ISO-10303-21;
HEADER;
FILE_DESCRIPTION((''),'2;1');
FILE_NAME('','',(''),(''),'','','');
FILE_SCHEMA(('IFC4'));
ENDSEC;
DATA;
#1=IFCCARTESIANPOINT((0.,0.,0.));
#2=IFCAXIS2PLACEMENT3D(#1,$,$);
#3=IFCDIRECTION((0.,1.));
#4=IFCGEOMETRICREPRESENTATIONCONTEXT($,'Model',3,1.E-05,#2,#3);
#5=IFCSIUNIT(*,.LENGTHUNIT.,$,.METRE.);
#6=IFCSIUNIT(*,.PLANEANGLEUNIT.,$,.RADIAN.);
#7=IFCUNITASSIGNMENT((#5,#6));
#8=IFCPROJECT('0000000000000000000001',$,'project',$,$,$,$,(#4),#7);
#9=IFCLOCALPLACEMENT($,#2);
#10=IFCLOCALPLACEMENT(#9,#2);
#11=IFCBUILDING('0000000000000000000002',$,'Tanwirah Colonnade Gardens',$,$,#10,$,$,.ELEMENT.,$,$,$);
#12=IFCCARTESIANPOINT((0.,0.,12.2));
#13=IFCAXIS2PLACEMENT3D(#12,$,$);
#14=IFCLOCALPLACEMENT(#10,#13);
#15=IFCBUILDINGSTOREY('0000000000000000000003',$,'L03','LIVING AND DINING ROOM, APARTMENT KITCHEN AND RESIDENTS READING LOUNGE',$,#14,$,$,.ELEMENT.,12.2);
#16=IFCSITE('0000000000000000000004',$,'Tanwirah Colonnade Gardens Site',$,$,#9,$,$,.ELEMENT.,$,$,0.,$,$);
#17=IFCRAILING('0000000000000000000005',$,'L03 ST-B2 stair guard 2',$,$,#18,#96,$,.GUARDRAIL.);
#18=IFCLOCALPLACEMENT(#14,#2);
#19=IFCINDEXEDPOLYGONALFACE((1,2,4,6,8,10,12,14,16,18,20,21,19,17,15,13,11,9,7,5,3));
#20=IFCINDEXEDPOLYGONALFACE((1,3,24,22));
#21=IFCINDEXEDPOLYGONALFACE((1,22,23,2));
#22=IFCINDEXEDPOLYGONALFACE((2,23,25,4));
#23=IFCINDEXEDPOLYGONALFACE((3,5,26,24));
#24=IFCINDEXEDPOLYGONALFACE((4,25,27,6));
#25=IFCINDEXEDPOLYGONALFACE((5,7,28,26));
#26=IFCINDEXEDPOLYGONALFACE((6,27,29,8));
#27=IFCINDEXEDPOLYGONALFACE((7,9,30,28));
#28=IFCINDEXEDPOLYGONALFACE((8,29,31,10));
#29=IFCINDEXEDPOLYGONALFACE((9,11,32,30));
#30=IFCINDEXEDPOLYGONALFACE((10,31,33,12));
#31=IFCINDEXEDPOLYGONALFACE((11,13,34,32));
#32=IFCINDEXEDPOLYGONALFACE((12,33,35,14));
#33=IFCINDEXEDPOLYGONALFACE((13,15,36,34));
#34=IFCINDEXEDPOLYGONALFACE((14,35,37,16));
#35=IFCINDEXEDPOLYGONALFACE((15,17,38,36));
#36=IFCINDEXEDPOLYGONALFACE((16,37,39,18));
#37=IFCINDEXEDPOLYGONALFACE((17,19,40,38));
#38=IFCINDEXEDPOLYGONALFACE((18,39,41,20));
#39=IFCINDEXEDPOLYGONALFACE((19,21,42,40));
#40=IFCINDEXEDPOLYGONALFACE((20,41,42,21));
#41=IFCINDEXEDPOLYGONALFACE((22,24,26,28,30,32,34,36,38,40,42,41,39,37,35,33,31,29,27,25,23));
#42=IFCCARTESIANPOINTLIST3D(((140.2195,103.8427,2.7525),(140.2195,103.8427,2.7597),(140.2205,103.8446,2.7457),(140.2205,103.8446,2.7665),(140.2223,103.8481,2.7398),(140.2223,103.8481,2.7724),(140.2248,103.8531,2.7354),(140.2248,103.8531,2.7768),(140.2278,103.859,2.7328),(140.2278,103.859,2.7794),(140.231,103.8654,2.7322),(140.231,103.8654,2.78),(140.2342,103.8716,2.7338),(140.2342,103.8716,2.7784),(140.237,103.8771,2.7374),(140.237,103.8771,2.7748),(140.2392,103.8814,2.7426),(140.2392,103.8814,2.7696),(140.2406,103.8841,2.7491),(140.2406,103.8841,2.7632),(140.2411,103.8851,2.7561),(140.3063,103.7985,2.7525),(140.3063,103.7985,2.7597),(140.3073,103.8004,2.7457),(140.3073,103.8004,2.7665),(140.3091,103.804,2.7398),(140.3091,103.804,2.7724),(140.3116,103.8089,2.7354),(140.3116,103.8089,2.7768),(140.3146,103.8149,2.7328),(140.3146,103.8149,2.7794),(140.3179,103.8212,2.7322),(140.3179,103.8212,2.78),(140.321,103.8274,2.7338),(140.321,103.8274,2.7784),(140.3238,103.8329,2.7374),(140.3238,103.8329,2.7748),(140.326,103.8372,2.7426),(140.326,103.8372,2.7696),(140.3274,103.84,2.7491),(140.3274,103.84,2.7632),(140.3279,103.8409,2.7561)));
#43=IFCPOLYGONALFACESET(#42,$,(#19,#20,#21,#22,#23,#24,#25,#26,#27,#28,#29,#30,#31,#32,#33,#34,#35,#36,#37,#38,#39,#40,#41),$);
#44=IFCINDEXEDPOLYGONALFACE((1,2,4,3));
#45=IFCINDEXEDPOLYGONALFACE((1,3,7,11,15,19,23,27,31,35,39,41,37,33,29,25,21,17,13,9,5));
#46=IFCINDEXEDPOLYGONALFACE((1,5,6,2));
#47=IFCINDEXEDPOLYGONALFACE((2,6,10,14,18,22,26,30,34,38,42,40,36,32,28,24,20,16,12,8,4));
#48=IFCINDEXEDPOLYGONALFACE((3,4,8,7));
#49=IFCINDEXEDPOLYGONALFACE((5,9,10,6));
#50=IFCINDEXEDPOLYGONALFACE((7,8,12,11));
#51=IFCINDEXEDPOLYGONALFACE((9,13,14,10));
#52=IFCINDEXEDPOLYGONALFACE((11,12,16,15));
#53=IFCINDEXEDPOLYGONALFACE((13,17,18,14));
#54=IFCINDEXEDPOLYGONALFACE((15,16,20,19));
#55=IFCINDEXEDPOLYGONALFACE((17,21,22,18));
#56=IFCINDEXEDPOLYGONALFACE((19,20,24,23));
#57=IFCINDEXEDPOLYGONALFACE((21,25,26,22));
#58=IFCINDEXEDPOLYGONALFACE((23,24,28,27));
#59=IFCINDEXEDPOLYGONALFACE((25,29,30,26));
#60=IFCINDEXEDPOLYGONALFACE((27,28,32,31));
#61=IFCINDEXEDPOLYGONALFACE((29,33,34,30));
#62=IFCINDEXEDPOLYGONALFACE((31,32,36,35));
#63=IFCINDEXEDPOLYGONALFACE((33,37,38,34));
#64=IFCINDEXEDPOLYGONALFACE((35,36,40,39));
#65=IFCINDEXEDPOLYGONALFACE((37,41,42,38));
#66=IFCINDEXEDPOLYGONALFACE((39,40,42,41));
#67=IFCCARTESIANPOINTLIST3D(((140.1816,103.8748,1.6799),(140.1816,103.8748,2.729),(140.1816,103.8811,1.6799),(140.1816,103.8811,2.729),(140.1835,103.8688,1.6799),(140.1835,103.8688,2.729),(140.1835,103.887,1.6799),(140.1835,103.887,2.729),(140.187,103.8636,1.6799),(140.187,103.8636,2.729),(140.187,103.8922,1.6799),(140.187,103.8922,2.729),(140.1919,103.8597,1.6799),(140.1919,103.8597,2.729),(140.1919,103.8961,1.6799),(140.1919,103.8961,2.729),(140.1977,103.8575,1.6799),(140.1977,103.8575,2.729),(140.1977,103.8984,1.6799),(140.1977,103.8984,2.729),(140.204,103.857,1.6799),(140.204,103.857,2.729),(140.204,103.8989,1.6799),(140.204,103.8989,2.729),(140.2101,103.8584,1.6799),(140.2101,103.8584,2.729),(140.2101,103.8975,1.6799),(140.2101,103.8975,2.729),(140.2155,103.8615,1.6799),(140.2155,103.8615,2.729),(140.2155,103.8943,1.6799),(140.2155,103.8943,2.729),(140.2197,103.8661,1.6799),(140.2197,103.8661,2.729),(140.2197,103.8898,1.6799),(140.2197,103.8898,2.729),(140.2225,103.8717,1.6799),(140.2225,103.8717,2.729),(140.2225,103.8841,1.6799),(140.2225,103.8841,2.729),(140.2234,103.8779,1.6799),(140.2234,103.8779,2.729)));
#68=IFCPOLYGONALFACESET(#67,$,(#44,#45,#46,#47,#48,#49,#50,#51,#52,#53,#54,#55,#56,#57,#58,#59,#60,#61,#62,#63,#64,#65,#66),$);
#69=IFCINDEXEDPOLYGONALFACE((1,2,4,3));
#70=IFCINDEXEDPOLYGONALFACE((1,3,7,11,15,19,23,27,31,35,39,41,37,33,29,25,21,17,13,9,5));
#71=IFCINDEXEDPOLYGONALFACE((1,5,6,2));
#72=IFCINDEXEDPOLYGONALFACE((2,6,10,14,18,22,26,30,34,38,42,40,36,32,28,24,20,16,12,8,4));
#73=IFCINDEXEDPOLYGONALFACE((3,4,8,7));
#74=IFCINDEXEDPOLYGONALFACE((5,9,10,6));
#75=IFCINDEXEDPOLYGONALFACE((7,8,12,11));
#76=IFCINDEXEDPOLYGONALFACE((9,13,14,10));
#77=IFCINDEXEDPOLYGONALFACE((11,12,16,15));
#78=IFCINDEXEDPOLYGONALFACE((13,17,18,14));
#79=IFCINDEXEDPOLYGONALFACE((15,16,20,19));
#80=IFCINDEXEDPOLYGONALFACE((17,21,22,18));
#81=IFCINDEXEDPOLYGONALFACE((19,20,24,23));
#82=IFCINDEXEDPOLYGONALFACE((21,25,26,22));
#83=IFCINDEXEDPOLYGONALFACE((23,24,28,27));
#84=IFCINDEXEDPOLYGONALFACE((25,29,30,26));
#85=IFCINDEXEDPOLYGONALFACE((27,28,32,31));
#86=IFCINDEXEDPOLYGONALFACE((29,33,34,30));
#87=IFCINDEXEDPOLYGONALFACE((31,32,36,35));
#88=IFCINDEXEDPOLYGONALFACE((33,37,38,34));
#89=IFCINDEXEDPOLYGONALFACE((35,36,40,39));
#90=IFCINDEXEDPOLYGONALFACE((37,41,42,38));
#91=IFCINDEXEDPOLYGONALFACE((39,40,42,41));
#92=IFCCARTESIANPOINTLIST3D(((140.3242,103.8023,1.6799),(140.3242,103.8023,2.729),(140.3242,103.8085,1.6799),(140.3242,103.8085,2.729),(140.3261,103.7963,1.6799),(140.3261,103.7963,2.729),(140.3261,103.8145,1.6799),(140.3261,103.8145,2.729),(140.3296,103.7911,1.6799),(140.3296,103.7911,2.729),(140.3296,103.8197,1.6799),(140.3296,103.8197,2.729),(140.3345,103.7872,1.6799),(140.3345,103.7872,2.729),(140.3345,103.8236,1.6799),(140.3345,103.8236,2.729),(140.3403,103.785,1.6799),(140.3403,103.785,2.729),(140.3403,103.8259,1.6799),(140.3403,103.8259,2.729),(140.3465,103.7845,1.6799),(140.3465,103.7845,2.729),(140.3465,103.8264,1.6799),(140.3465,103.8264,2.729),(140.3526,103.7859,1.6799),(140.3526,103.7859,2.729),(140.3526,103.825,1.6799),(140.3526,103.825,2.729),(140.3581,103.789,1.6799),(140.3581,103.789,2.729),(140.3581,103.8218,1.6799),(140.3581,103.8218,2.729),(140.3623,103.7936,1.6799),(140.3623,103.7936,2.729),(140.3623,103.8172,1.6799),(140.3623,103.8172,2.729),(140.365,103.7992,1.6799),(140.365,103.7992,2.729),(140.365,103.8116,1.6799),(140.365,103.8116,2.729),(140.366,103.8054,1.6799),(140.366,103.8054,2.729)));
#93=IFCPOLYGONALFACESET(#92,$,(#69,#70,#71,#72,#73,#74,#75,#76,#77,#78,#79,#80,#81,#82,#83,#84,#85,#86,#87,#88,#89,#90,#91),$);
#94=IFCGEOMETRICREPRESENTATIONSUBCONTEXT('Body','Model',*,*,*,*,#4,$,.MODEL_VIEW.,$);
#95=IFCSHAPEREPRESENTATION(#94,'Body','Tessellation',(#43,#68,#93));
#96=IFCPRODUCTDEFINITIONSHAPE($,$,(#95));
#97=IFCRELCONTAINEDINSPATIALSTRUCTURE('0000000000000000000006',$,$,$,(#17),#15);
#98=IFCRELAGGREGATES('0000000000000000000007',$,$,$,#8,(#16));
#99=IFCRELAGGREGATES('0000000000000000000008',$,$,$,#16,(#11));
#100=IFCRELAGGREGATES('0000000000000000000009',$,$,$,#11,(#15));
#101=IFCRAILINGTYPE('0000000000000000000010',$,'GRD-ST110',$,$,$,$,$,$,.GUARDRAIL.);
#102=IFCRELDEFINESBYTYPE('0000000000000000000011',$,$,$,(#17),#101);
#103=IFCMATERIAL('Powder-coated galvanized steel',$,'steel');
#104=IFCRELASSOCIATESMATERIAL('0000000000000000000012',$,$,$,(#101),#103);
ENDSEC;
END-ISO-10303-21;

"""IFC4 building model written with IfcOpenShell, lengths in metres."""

from ifc_helpers import new_model, si_unit, direction, frame, origin, origin_2d, place, context, subcontext, project, spatial, circle, extrude, material, type_object, element, save


model = new_model("IFC4")

# Units and contexts
model_context = context("Model", 3, precision=1e-05, world=origin(), true_north=direction((0.0, 1.0)))
body_context = subcontext(model_context, "Body", "Model", "MODEL_VIEW")
ifc_project = project(units=[si_unit("LENGTHUNIT", "METRE"), si_unit("PLANEANGLEUNIT", "RADIAN")], contexts=[model_context])

# Site, building, storey
site_placement = place(None, origin())
site = spatial("IfcSite", under=ifc_project, at=site_placement, Name="Tanwirah Colonnade Gardens Site", CompositionType="ELEMENT", RefElevation=0.0)
building_placement = place(site_placement, origin())
building = spatial("IfcBuilding", under=site, at=building_placement, Name="Tanwirah Colonnade Gardens", CompositionType="ELEMENT")
storey_placement = place(building_placement, frame((0.0, 0.0, 12.2)))
storey = spatial("IfcBuildingStorey", under=building, at=storey_placement, Name="L03", Description="LIVING AND DINING ROOM, APARTMENT KITCHEN AND RESIDENTS READING LOUNGE", CompositionType="ELEMENT", Elevation=12.2)

# Railing
ifc_material_1 = material(Name="Powder-coated galvanized steel", Category="steel")
railing_type_1 = type_object("IfcRailingType", Name="GRD-ST110", PredefinedType="GUARDRAIL", material=ifc_material_1)
railing_1_placement = place(storey_placement, frame((140.2024, 103.8779, 1.6799)))
element("IfcRailing", 1, at=railing_1_placement, inside=storey, type_object=railing_type_1, Name="L03 ST-B2 stair guard 2", PredefinedType="GUARDRAIL", context=body_context, shape_type="SweptSolid", body=[
    extrude(circle(Radius=0.0239, at=origin_2d()), frame((0.0278, -0.0142, 1.0762), z_axis=(0.891354, -0.453308, 0.0), x_axis=(0.453308, 0.891354, 0.0)), (0.0, 0.0, 1.0), 0.0974),
    extrude(circle(Radius=0.021, at=origin_2d()), origin(), (0.0, 0.0, 1.0), 1.0491),
    extrude(circle(Radius=0.021, at=origin_2d()), frame((0.1426, -0.0725, 0.0)), (0.0, 0.0, 1.0), 1.0491),
])

save(model, "model.ifc")
